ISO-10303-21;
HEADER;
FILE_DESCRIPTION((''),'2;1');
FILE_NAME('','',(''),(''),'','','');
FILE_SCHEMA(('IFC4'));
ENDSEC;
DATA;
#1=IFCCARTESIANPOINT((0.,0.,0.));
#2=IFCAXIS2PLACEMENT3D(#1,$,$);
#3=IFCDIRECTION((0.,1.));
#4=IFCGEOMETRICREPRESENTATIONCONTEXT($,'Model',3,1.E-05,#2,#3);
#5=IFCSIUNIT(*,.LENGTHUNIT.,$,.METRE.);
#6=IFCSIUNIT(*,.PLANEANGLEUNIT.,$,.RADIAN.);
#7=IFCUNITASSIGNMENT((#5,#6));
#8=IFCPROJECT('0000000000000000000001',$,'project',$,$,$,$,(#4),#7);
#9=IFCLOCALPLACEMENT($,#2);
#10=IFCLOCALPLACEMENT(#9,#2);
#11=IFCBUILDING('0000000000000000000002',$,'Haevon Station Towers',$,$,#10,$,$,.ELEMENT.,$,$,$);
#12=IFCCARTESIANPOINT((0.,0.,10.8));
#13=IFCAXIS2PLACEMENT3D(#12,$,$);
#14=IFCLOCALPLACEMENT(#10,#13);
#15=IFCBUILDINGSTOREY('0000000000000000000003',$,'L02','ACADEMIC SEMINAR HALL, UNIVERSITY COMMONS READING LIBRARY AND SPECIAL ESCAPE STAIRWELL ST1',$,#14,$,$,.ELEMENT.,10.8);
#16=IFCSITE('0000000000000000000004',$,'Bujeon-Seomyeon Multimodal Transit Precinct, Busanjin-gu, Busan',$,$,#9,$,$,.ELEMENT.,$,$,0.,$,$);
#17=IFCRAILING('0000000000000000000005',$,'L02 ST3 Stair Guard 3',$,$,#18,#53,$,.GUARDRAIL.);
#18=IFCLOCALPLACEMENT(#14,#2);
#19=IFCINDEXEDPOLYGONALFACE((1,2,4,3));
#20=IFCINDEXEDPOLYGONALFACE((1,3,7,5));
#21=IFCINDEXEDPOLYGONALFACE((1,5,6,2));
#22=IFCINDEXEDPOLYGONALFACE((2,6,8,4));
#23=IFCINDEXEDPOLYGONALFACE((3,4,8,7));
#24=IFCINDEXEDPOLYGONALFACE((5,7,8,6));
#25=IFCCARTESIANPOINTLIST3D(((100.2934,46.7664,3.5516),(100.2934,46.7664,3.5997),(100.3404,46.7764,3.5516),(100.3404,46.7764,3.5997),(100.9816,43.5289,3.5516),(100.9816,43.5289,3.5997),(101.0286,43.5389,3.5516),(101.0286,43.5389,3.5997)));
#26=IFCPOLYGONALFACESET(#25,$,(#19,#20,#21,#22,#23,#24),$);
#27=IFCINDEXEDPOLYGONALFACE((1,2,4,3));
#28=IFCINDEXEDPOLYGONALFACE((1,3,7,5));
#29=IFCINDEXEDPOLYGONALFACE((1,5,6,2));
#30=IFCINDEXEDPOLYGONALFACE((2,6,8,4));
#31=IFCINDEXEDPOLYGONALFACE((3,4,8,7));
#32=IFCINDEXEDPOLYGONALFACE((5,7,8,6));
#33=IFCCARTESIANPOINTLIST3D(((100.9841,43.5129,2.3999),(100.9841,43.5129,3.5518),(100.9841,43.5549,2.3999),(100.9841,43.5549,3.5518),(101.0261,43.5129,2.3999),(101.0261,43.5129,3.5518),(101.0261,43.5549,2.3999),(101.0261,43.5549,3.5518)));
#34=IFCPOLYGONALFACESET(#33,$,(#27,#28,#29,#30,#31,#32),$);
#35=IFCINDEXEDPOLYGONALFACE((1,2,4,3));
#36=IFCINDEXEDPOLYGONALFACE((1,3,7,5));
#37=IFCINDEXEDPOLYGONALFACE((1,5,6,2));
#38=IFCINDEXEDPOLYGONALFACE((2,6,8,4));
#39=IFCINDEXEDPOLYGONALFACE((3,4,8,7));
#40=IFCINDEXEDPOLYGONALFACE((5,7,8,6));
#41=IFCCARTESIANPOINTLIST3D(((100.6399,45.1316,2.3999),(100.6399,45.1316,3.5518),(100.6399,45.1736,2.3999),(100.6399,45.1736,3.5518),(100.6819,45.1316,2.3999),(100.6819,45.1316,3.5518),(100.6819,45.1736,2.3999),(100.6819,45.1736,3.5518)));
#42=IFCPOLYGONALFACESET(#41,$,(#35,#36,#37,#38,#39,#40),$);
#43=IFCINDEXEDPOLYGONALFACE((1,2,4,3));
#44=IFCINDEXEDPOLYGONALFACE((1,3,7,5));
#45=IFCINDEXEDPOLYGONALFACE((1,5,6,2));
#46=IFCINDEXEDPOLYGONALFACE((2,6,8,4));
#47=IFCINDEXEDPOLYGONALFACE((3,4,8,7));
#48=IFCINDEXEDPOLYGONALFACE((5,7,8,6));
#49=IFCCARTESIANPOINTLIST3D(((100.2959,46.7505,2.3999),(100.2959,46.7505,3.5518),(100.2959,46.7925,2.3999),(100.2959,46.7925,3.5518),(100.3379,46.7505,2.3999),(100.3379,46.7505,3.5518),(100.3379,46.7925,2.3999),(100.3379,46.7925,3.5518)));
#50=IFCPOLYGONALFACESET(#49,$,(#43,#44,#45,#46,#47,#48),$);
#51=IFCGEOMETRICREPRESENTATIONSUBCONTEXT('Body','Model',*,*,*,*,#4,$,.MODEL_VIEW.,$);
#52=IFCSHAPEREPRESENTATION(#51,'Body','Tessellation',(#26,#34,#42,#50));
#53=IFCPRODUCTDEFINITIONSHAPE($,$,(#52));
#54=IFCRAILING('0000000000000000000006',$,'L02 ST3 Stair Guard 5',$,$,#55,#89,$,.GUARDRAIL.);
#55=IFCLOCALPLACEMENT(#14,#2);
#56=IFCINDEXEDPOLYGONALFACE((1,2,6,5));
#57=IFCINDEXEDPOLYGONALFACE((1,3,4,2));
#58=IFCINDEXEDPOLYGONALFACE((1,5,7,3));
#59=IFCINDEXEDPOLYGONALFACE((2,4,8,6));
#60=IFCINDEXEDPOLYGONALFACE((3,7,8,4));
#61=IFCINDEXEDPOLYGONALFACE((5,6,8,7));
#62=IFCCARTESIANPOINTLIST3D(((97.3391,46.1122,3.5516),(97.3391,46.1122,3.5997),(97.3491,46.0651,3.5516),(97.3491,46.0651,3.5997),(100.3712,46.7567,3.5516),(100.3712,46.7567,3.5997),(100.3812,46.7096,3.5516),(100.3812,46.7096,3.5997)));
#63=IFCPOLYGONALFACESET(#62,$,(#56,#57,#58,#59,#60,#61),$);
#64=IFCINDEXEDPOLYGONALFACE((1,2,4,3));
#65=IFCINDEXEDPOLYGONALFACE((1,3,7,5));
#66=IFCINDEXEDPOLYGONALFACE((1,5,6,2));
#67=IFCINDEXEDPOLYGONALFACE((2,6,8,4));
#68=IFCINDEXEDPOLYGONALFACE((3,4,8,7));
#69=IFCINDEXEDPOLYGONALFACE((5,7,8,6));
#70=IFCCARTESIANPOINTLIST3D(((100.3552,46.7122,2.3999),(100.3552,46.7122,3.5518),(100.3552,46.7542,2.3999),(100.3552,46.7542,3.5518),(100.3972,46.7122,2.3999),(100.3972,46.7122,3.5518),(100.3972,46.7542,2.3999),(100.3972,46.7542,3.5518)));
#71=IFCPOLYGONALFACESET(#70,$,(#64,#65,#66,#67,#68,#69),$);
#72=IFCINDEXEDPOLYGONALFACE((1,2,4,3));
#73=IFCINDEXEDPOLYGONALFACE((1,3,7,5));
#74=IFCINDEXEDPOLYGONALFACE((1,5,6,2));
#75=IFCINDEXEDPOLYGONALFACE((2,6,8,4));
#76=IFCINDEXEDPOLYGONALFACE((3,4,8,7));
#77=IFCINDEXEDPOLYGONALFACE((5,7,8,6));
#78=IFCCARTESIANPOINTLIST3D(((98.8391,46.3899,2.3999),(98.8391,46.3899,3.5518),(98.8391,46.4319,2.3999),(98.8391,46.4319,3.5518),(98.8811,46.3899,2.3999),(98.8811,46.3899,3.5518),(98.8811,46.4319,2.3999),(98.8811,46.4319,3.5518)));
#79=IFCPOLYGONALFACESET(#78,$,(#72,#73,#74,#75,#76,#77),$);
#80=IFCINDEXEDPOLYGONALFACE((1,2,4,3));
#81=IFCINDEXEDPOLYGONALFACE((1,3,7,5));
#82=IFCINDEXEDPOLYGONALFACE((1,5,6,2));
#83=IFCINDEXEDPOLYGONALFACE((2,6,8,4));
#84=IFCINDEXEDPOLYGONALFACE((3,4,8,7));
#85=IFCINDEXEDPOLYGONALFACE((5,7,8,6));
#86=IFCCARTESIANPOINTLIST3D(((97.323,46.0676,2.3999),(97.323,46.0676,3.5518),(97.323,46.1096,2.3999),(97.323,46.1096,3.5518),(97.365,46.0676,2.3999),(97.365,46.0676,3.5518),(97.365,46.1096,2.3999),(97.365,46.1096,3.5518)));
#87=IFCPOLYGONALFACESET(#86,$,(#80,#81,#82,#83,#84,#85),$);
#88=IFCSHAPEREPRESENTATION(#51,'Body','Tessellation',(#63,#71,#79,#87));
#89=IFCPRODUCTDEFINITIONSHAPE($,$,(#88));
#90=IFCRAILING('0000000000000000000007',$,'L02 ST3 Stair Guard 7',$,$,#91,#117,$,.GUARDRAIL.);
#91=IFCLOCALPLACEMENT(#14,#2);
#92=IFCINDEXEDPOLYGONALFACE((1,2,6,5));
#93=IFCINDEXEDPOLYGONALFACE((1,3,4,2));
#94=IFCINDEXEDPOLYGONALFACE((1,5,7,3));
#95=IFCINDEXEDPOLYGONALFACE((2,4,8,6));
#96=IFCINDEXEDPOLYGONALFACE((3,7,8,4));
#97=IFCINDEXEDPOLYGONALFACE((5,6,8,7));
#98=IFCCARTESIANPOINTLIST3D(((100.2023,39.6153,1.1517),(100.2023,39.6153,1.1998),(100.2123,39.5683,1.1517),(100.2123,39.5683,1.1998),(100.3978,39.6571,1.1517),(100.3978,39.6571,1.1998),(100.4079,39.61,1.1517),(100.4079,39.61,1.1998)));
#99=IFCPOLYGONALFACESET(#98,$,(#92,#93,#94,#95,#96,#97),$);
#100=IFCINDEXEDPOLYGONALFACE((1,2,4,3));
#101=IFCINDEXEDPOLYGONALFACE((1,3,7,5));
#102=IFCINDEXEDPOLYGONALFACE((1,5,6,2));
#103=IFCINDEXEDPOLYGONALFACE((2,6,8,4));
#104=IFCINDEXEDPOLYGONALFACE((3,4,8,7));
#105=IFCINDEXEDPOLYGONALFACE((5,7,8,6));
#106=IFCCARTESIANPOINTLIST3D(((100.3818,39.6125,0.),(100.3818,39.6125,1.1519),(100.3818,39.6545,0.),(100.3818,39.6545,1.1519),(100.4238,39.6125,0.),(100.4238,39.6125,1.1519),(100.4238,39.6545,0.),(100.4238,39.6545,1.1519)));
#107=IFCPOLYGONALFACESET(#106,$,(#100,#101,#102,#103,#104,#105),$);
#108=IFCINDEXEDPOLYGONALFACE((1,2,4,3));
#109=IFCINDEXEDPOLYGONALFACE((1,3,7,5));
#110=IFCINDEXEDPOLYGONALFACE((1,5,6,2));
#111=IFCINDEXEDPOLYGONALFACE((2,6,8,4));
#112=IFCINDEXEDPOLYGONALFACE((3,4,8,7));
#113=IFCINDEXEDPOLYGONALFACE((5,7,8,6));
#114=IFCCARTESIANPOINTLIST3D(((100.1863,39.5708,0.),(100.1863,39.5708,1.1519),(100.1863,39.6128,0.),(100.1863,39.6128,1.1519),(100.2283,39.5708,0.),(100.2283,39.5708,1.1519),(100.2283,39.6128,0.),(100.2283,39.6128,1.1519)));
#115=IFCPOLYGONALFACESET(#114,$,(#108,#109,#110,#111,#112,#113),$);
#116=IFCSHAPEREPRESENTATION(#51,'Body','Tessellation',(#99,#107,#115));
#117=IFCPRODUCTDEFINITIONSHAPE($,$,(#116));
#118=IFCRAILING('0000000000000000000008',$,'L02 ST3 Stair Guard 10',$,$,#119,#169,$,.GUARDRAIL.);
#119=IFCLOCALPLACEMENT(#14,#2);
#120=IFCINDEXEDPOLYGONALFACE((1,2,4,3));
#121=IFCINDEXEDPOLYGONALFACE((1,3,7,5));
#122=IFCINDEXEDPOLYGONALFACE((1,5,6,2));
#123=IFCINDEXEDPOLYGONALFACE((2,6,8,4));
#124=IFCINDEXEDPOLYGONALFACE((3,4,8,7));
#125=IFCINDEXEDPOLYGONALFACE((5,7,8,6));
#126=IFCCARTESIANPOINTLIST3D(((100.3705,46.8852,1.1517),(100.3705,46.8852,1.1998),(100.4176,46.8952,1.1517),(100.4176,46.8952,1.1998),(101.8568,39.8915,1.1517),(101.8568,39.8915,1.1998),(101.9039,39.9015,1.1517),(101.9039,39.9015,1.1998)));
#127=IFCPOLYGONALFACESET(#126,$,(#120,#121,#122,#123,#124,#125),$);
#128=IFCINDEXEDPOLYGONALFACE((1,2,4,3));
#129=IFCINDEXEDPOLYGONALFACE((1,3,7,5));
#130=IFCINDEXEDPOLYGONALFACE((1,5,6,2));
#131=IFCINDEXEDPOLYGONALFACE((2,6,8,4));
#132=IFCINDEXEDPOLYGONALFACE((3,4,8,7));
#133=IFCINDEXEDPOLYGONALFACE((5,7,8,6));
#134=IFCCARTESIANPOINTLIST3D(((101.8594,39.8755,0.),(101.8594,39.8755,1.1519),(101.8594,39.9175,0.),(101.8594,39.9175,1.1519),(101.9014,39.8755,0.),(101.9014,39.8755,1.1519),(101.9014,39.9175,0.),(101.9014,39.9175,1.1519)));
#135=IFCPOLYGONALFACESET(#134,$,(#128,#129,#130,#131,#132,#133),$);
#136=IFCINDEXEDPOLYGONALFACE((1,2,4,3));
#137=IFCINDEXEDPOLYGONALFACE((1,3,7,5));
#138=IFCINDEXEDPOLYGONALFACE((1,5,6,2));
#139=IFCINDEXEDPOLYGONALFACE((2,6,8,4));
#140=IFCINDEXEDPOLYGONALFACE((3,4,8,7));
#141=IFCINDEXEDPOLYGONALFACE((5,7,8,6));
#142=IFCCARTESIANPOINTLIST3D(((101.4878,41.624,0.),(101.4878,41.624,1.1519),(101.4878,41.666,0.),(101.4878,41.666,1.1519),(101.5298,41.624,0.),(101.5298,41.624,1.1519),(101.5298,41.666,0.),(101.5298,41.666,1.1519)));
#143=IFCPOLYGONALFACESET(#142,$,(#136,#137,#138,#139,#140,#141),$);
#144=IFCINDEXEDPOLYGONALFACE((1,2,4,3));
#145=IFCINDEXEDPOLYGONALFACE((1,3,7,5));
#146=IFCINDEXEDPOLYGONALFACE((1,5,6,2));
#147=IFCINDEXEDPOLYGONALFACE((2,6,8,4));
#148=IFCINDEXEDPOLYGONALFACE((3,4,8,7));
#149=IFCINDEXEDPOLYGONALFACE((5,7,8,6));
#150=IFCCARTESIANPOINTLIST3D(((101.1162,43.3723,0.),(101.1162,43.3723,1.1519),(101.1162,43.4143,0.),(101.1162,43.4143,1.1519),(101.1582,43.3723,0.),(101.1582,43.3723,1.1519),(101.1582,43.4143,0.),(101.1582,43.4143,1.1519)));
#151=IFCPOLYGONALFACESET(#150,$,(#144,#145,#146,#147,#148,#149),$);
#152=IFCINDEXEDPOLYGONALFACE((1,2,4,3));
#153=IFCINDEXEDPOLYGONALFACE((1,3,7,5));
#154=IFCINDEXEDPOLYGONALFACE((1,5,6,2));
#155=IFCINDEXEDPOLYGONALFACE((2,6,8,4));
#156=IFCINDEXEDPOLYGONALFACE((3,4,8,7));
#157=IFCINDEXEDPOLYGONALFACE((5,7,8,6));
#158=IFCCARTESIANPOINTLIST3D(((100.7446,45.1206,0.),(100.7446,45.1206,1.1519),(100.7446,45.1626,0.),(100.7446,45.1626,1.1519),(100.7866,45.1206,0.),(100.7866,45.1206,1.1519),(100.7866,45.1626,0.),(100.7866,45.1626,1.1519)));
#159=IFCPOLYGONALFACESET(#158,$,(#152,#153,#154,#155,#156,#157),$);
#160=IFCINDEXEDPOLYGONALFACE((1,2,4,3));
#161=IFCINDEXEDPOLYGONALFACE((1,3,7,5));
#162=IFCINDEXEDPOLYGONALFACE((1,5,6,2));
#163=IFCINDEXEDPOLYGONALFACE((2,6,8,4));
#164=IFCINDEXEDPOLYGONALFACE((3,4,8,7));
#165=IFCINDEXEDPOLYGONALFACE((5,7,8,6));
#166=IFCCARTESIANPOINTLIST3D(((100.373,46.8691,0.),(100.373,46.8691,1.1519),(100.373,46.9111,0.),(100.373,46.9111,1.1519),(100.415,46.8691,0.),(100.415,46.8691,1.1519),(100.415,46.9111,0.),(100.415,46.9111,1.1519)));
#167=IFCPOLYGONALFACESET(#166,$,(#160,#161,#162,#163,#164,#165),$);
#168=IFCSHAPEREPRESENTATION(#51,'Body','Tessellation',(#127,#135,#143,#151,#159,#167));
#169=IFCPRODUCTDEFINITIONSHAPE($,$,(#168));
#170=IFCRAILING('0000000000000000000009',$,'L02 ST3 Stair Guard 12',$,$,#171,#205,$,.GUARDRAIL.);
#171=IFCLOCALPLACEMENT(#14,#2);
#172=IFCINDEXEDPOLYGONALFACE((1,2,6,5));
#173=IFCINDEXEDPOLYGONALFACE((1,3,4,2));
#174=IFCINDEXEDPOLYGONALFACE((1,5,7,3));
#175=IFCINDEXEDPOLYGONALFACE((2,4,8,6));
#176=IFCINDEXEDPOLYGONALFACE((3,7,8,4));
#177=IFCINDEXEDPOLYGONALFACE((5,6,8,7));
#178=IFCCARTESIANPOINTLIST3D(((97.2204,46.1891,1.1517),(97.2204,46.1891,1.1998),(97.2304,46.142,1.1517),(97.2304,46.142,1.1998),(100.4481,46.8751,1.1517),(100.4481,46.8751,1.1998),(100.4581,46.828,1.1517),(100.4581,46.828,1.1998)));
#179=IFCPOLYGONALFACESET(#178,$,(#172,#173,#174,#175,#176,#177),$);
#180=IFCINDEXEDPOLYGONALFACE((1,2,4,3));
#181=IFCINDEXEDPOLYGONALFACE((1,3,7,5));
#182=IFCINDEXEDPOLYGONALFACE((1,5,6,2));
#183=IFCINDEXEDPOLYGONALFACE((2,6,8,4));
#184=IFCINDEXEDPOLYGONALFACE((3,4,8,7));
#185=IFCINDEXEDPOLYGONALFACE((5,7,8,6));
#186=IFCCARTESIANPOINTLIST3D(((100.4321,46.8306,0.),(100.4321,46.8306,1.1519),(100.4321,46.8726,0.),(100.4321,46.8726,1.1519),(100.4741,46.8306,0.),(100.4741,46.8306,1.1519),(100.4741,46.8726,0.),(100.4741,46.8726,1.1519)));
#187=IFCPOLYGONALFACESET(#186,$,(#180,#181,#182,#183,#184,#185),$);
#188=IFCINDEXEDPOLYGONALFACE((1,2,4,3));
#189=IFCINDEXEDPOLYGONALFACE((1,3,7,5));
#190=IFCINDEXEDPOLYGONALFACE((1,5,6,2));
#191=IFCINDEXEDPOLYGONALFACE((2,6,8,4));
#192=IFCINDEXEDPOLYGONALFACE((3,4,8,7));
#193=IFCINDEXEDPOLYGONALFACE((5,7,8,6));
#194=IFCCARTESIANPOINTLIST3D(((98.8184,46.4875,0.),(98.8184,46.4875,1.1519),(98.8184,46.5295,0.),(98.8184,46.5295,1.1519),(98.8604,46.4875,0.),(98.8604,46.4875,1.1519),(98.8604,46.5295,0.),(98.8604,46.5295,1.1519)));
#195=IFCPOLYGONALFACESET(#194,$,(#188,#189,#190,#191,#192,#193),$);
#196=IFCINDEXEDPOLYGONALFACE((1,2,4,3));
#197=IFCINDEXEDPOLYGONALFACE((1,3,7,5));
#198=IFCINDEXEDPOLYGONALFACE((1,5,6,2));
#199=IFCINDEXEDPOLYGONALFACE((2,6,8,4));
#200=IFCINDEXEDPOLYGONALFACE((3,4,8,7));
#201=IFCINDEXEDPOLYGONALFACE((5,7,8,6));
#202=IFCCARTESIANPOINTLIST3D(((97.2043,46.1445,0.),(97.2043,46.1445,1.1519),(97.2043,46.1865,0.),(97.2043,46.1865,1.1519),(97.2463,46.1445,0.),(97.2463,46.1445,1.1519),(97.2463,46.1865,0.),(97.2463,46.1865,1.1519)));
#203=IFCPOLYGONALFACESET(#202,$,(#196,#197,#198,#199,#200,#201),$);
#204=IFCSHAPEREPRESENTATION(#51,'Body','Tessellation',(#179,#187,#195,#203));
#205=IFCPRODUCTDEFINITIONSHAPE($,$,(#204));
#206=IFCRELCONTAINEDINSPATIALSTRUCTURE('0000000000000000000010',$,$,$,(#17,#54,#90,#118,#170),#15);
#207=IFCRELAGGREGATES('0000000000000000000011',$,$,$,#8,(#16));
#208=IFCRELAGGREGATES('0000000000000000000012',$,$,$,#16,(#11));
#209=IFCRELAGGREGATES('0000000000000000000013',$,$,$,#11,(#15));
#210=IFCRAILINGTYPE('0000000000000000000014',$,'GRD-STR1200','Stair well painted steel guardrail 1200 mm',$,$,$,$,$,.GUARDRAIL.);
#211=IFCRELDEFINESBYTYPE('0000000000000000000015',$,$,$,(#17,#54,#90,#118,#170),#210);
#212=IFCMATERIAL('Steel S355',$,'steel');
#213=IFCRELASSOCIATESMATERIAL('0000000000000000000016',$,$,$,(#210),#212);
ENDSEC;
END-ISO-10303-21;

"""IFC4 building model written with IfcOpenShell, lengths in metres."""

from ifc_helpers import new_model, si_unit, direction, frame, origin, origin_2d, place, context, subcontext, project, spatial, rectangle, extrude, material, type_object, element, save


model = new_model("IFC4")

# Units and contexts
model_context = context("Model", 3, precision=1e-05, world=origin(), true_north=direction((0.0, 1.0)))
body_context = subcontext(model_context, "Body", "Model", "MODEL_VIEW")
ifc_project = project(units=[si_unit("LENGTHUNIT", "METRE"), si_unit("PLANEANGLEUNIT", "RADIAN")], contexts=[model_context])

# Site, building, storey
site_placement = place(None, origin())
site = spatial("IfcSite", under=ifc_project, at=site_placement, Name="Bujeon-Seomyeon Multimodal Transit Precinct, Busanjin-gu, Busan", CompositionType="ELEMENT", RefElevation=0.0)
building_placement = place(site_placement, origin())
building = spatial("IfcBuilding", under=site, at=building_placement, Name="Haevon Station Towers", CompositionType="ELEMENT")
storey_placement = place(building_placement, frame((0.0, 0.0, 10.8)))
storey = spatial("IfcBuildingStorey", under=building, at=storey_placement, Name="L02", Description="ACADEMIC SEMINAR HALL, UNIVERSITY COMMONS READING LIBRARY AND SPECIAL ESCAPE STAIRWELL ST1", CompositionType="ELEMENT", Elevation=10.8)

# Railings
ifc_material_1 = material(Name="Steel S355", Category="steel")
railing_type_1 = type_object("IfcRailingType", Name="GRD-STR1200", Description="Stair well painted steel guardrail 1200 mm", PredefinedType="GUARDRAIL", material=ifc_material_1)
railing_1_placement = place(storey_placement, frame((101.0051, 43.5339, 2.3999)))
element("IfcRailing", 1, at=railing_1_placement, inside=storey, type_object=railing_type_1, Name="L02 ST3 Stair Guard 3", PredefinedType="GUARDRAIL", context=body_context, shape_type="SweptSolid", body=[
    extrude(rectangle(XDim=0.0481, YDim=0.0481, at=origin_2d()), frame((0.0, 0.0, 1.1758), z_axis=(-0.207932, 0.978143, 0.0), x_axis=(-0.978143, -0.207932, 0.0)), (0.0, 0.0, 1.0), 3.3098),
    extrude(rectangle(XDim=0.042, YDim=0.042, at=origin_2d()), origin(), (0.0, 0.0, 1.0), 1.1519),
    extrude(rectangle(XDim=0.042, YDim=0.042, at=origin_2d()), frame((-0.3442, 1.6187, 0.0)), (0.0, 0.0, 1.0), 1.1519),
    extrude(rectangle(XDim=0.042, YDim=0.042, at=origin_2d()), frame((-0.6882, 3.2375, 0.0)), (0.0, 0.0, 1.0), 1.1519),
])
railing_2_placement = place(storey_placement, frame((100.3762, 46.7332, 2.3999)))
element("IfcRailing", 2, at=railing_2_placement, inside=storey, type_object=railing_type_1, Name="L02 ST3 Stair Guard 5", PredefinedType="GUARDRAIL", context=body_context, shape_type="SweptSolid", body=[
    extrude(rectangle(XDim=0.0481, YDim=0.0481, at=origin_2d()), frame((0.0, 0.0, 1.1758), z_axis=(-0.978147, -0.207915, 0.0), x_axis=(0.207915, -0.978147, 0.0)), (0.0, 0.0, 1.0), 3.0999),
    extrude(rectangle(XDim=0.042, YDim=0.042, at=origin_2d()), origin(), (0.0, 0.0, 1.0), 1.1519),
    extrude(rectangle(XDim=0.042, YDim=0.042, at=origin_2d()), frame((-1.5161, -0.3223, 0.0)), (0.0, 0.0, 1.0), 1.1519),
    extrude(rectangle(XDim=0.042, YDim=0.042, at=origin_2d()), frame((-3.0322, -0.6445, 0.0)), (0.0, 0.0, 1.0), 1.1519),
])
railing_3_placement = place(storey_placement, frame((100.4028, 39.6335, 0.0)))
element("IfcRailing", 3, at=railing_3_placement, inside=storey, type_object=railing_type_1, Name="L02 ST3 Stair Guard 7", PredefinedType="GUARDRAIL", context=body_context, shape_type="SweptSolid", body=[
    extrude(rectangle(XDim=0.0481, YDim=0.0481, at=origin_2d()), frame((0.0, 0.0, 1.1758), z_axis=(-0.977963, -0.208779, 0.0), x_axis=(0.208779, -0.977963, 0.0)), (0.0, 0.0, 1.0), 0.2),
    extrude(rectangle(XDim=0.042, YDim=0.042, at=origin_2d()), origin(), (0.0, 0.0, 1.0), 1.1519),
    extrude(rectangle(XDim=0.042, YDim=0.042, at=origin_2d()), frame((-0.1956, -0.0417, 0.0)), (0.0, 0.0, 1.0), 1.1519),
])
railing_4_placement = place(storey_placement, frame((101.8804, 39.8965, 0.0)))
element("IfcRailing", 4, at=railing_4_placement, inside=storey, type_object=railing_type_1, Name="L02 ST3 Stair Guard 10", PredefinedType="GUARDRAIL", context=body_context, shape_type="SweptSolid", body=[
    extrude(rectangle(XDim=0.0481, YDim=0.0481, at=origin_2d()), frame((0.0, 0.0, 1.1758), z_axis=(-0.207882, 0.978154, 0.0), x_axis=(-0.978154, -0.207882, 0.0)), (0.0, 0.0, 1.0), 7.1499),
    extrude(rectangle(XDim=0.042, YDim=0.042, at=origin_2d()), origin(), (0.0, 0.0, 1.0), 1.1519),
    extrude(rectangle(XDim=0.042, YDim=0.042, at=origin_2d()), frame((-0.3716, 1.7485, 0.0)), (0.0, 0.0, 1.0), 1.1519),
    extrude(rectangle(XDim=0.042, YDim=0.042, at=origin_2d()), frame((-0.7432, 3.4968, 0.0)), (0.0, 0.0, 1.0), 1.1519),
    extrude(rectangle(XDim=0.042, YDim=0.042, at=origin_2d()), frame((-1.1147, 5.2451, 0.0)), (0.0, 0.0, 1.0), 1.1519),
    extrude(rectangle(XDim=0.042, YDim=0.042, at=origin_2d()), frame((-1.4863, 6.9937, 0.0)), (0.0, 0.0, 1.0), 1.1519),
])
railing_5_placement = place(storey_placement, frame((100.4531, 46.8516, 0.0)))
element("IfcRailing", 5, at=railing_5_placement, inside=storey, type_object=railing_type_1, Name="L02 ST3 Stair Guard 12", PredefinedType="GUARDRAIL", context=body_context, shape_type="SweptSolid", body=[
    extrude(rectangle(XDim=0.0481, YDim=0.0481, at=origin_2d()), frame((0.0, 0.0, 1.1758), z_axis=(-0.978151, -0.207897, 0.0), x_axis=(0.207897, -0.978151, 0.0)), (0.0, 0.0, 1.0), 3.2998),
    extrude(rectangle(XDim=0.042, YDim=0.042, at=origin_2d()), origin(), (0.0, 0.0, 1.0), 1.1519),
    extrude(rectangle(XDim=0.042, YDim=0.042, at=origin_2d()), frame((-1.6138, -0.343, 0.0)), (0.0, 0.0, 1.0), 1.1519),
    extrude(rectangle(XDim=0.042, YDim=0.042, at=origin_2d()), frame((-3.2278, -0.686, 0.0)), (0.0, 0.0, 1.0), 1.1519),
])

save(model, "model.ifc")
